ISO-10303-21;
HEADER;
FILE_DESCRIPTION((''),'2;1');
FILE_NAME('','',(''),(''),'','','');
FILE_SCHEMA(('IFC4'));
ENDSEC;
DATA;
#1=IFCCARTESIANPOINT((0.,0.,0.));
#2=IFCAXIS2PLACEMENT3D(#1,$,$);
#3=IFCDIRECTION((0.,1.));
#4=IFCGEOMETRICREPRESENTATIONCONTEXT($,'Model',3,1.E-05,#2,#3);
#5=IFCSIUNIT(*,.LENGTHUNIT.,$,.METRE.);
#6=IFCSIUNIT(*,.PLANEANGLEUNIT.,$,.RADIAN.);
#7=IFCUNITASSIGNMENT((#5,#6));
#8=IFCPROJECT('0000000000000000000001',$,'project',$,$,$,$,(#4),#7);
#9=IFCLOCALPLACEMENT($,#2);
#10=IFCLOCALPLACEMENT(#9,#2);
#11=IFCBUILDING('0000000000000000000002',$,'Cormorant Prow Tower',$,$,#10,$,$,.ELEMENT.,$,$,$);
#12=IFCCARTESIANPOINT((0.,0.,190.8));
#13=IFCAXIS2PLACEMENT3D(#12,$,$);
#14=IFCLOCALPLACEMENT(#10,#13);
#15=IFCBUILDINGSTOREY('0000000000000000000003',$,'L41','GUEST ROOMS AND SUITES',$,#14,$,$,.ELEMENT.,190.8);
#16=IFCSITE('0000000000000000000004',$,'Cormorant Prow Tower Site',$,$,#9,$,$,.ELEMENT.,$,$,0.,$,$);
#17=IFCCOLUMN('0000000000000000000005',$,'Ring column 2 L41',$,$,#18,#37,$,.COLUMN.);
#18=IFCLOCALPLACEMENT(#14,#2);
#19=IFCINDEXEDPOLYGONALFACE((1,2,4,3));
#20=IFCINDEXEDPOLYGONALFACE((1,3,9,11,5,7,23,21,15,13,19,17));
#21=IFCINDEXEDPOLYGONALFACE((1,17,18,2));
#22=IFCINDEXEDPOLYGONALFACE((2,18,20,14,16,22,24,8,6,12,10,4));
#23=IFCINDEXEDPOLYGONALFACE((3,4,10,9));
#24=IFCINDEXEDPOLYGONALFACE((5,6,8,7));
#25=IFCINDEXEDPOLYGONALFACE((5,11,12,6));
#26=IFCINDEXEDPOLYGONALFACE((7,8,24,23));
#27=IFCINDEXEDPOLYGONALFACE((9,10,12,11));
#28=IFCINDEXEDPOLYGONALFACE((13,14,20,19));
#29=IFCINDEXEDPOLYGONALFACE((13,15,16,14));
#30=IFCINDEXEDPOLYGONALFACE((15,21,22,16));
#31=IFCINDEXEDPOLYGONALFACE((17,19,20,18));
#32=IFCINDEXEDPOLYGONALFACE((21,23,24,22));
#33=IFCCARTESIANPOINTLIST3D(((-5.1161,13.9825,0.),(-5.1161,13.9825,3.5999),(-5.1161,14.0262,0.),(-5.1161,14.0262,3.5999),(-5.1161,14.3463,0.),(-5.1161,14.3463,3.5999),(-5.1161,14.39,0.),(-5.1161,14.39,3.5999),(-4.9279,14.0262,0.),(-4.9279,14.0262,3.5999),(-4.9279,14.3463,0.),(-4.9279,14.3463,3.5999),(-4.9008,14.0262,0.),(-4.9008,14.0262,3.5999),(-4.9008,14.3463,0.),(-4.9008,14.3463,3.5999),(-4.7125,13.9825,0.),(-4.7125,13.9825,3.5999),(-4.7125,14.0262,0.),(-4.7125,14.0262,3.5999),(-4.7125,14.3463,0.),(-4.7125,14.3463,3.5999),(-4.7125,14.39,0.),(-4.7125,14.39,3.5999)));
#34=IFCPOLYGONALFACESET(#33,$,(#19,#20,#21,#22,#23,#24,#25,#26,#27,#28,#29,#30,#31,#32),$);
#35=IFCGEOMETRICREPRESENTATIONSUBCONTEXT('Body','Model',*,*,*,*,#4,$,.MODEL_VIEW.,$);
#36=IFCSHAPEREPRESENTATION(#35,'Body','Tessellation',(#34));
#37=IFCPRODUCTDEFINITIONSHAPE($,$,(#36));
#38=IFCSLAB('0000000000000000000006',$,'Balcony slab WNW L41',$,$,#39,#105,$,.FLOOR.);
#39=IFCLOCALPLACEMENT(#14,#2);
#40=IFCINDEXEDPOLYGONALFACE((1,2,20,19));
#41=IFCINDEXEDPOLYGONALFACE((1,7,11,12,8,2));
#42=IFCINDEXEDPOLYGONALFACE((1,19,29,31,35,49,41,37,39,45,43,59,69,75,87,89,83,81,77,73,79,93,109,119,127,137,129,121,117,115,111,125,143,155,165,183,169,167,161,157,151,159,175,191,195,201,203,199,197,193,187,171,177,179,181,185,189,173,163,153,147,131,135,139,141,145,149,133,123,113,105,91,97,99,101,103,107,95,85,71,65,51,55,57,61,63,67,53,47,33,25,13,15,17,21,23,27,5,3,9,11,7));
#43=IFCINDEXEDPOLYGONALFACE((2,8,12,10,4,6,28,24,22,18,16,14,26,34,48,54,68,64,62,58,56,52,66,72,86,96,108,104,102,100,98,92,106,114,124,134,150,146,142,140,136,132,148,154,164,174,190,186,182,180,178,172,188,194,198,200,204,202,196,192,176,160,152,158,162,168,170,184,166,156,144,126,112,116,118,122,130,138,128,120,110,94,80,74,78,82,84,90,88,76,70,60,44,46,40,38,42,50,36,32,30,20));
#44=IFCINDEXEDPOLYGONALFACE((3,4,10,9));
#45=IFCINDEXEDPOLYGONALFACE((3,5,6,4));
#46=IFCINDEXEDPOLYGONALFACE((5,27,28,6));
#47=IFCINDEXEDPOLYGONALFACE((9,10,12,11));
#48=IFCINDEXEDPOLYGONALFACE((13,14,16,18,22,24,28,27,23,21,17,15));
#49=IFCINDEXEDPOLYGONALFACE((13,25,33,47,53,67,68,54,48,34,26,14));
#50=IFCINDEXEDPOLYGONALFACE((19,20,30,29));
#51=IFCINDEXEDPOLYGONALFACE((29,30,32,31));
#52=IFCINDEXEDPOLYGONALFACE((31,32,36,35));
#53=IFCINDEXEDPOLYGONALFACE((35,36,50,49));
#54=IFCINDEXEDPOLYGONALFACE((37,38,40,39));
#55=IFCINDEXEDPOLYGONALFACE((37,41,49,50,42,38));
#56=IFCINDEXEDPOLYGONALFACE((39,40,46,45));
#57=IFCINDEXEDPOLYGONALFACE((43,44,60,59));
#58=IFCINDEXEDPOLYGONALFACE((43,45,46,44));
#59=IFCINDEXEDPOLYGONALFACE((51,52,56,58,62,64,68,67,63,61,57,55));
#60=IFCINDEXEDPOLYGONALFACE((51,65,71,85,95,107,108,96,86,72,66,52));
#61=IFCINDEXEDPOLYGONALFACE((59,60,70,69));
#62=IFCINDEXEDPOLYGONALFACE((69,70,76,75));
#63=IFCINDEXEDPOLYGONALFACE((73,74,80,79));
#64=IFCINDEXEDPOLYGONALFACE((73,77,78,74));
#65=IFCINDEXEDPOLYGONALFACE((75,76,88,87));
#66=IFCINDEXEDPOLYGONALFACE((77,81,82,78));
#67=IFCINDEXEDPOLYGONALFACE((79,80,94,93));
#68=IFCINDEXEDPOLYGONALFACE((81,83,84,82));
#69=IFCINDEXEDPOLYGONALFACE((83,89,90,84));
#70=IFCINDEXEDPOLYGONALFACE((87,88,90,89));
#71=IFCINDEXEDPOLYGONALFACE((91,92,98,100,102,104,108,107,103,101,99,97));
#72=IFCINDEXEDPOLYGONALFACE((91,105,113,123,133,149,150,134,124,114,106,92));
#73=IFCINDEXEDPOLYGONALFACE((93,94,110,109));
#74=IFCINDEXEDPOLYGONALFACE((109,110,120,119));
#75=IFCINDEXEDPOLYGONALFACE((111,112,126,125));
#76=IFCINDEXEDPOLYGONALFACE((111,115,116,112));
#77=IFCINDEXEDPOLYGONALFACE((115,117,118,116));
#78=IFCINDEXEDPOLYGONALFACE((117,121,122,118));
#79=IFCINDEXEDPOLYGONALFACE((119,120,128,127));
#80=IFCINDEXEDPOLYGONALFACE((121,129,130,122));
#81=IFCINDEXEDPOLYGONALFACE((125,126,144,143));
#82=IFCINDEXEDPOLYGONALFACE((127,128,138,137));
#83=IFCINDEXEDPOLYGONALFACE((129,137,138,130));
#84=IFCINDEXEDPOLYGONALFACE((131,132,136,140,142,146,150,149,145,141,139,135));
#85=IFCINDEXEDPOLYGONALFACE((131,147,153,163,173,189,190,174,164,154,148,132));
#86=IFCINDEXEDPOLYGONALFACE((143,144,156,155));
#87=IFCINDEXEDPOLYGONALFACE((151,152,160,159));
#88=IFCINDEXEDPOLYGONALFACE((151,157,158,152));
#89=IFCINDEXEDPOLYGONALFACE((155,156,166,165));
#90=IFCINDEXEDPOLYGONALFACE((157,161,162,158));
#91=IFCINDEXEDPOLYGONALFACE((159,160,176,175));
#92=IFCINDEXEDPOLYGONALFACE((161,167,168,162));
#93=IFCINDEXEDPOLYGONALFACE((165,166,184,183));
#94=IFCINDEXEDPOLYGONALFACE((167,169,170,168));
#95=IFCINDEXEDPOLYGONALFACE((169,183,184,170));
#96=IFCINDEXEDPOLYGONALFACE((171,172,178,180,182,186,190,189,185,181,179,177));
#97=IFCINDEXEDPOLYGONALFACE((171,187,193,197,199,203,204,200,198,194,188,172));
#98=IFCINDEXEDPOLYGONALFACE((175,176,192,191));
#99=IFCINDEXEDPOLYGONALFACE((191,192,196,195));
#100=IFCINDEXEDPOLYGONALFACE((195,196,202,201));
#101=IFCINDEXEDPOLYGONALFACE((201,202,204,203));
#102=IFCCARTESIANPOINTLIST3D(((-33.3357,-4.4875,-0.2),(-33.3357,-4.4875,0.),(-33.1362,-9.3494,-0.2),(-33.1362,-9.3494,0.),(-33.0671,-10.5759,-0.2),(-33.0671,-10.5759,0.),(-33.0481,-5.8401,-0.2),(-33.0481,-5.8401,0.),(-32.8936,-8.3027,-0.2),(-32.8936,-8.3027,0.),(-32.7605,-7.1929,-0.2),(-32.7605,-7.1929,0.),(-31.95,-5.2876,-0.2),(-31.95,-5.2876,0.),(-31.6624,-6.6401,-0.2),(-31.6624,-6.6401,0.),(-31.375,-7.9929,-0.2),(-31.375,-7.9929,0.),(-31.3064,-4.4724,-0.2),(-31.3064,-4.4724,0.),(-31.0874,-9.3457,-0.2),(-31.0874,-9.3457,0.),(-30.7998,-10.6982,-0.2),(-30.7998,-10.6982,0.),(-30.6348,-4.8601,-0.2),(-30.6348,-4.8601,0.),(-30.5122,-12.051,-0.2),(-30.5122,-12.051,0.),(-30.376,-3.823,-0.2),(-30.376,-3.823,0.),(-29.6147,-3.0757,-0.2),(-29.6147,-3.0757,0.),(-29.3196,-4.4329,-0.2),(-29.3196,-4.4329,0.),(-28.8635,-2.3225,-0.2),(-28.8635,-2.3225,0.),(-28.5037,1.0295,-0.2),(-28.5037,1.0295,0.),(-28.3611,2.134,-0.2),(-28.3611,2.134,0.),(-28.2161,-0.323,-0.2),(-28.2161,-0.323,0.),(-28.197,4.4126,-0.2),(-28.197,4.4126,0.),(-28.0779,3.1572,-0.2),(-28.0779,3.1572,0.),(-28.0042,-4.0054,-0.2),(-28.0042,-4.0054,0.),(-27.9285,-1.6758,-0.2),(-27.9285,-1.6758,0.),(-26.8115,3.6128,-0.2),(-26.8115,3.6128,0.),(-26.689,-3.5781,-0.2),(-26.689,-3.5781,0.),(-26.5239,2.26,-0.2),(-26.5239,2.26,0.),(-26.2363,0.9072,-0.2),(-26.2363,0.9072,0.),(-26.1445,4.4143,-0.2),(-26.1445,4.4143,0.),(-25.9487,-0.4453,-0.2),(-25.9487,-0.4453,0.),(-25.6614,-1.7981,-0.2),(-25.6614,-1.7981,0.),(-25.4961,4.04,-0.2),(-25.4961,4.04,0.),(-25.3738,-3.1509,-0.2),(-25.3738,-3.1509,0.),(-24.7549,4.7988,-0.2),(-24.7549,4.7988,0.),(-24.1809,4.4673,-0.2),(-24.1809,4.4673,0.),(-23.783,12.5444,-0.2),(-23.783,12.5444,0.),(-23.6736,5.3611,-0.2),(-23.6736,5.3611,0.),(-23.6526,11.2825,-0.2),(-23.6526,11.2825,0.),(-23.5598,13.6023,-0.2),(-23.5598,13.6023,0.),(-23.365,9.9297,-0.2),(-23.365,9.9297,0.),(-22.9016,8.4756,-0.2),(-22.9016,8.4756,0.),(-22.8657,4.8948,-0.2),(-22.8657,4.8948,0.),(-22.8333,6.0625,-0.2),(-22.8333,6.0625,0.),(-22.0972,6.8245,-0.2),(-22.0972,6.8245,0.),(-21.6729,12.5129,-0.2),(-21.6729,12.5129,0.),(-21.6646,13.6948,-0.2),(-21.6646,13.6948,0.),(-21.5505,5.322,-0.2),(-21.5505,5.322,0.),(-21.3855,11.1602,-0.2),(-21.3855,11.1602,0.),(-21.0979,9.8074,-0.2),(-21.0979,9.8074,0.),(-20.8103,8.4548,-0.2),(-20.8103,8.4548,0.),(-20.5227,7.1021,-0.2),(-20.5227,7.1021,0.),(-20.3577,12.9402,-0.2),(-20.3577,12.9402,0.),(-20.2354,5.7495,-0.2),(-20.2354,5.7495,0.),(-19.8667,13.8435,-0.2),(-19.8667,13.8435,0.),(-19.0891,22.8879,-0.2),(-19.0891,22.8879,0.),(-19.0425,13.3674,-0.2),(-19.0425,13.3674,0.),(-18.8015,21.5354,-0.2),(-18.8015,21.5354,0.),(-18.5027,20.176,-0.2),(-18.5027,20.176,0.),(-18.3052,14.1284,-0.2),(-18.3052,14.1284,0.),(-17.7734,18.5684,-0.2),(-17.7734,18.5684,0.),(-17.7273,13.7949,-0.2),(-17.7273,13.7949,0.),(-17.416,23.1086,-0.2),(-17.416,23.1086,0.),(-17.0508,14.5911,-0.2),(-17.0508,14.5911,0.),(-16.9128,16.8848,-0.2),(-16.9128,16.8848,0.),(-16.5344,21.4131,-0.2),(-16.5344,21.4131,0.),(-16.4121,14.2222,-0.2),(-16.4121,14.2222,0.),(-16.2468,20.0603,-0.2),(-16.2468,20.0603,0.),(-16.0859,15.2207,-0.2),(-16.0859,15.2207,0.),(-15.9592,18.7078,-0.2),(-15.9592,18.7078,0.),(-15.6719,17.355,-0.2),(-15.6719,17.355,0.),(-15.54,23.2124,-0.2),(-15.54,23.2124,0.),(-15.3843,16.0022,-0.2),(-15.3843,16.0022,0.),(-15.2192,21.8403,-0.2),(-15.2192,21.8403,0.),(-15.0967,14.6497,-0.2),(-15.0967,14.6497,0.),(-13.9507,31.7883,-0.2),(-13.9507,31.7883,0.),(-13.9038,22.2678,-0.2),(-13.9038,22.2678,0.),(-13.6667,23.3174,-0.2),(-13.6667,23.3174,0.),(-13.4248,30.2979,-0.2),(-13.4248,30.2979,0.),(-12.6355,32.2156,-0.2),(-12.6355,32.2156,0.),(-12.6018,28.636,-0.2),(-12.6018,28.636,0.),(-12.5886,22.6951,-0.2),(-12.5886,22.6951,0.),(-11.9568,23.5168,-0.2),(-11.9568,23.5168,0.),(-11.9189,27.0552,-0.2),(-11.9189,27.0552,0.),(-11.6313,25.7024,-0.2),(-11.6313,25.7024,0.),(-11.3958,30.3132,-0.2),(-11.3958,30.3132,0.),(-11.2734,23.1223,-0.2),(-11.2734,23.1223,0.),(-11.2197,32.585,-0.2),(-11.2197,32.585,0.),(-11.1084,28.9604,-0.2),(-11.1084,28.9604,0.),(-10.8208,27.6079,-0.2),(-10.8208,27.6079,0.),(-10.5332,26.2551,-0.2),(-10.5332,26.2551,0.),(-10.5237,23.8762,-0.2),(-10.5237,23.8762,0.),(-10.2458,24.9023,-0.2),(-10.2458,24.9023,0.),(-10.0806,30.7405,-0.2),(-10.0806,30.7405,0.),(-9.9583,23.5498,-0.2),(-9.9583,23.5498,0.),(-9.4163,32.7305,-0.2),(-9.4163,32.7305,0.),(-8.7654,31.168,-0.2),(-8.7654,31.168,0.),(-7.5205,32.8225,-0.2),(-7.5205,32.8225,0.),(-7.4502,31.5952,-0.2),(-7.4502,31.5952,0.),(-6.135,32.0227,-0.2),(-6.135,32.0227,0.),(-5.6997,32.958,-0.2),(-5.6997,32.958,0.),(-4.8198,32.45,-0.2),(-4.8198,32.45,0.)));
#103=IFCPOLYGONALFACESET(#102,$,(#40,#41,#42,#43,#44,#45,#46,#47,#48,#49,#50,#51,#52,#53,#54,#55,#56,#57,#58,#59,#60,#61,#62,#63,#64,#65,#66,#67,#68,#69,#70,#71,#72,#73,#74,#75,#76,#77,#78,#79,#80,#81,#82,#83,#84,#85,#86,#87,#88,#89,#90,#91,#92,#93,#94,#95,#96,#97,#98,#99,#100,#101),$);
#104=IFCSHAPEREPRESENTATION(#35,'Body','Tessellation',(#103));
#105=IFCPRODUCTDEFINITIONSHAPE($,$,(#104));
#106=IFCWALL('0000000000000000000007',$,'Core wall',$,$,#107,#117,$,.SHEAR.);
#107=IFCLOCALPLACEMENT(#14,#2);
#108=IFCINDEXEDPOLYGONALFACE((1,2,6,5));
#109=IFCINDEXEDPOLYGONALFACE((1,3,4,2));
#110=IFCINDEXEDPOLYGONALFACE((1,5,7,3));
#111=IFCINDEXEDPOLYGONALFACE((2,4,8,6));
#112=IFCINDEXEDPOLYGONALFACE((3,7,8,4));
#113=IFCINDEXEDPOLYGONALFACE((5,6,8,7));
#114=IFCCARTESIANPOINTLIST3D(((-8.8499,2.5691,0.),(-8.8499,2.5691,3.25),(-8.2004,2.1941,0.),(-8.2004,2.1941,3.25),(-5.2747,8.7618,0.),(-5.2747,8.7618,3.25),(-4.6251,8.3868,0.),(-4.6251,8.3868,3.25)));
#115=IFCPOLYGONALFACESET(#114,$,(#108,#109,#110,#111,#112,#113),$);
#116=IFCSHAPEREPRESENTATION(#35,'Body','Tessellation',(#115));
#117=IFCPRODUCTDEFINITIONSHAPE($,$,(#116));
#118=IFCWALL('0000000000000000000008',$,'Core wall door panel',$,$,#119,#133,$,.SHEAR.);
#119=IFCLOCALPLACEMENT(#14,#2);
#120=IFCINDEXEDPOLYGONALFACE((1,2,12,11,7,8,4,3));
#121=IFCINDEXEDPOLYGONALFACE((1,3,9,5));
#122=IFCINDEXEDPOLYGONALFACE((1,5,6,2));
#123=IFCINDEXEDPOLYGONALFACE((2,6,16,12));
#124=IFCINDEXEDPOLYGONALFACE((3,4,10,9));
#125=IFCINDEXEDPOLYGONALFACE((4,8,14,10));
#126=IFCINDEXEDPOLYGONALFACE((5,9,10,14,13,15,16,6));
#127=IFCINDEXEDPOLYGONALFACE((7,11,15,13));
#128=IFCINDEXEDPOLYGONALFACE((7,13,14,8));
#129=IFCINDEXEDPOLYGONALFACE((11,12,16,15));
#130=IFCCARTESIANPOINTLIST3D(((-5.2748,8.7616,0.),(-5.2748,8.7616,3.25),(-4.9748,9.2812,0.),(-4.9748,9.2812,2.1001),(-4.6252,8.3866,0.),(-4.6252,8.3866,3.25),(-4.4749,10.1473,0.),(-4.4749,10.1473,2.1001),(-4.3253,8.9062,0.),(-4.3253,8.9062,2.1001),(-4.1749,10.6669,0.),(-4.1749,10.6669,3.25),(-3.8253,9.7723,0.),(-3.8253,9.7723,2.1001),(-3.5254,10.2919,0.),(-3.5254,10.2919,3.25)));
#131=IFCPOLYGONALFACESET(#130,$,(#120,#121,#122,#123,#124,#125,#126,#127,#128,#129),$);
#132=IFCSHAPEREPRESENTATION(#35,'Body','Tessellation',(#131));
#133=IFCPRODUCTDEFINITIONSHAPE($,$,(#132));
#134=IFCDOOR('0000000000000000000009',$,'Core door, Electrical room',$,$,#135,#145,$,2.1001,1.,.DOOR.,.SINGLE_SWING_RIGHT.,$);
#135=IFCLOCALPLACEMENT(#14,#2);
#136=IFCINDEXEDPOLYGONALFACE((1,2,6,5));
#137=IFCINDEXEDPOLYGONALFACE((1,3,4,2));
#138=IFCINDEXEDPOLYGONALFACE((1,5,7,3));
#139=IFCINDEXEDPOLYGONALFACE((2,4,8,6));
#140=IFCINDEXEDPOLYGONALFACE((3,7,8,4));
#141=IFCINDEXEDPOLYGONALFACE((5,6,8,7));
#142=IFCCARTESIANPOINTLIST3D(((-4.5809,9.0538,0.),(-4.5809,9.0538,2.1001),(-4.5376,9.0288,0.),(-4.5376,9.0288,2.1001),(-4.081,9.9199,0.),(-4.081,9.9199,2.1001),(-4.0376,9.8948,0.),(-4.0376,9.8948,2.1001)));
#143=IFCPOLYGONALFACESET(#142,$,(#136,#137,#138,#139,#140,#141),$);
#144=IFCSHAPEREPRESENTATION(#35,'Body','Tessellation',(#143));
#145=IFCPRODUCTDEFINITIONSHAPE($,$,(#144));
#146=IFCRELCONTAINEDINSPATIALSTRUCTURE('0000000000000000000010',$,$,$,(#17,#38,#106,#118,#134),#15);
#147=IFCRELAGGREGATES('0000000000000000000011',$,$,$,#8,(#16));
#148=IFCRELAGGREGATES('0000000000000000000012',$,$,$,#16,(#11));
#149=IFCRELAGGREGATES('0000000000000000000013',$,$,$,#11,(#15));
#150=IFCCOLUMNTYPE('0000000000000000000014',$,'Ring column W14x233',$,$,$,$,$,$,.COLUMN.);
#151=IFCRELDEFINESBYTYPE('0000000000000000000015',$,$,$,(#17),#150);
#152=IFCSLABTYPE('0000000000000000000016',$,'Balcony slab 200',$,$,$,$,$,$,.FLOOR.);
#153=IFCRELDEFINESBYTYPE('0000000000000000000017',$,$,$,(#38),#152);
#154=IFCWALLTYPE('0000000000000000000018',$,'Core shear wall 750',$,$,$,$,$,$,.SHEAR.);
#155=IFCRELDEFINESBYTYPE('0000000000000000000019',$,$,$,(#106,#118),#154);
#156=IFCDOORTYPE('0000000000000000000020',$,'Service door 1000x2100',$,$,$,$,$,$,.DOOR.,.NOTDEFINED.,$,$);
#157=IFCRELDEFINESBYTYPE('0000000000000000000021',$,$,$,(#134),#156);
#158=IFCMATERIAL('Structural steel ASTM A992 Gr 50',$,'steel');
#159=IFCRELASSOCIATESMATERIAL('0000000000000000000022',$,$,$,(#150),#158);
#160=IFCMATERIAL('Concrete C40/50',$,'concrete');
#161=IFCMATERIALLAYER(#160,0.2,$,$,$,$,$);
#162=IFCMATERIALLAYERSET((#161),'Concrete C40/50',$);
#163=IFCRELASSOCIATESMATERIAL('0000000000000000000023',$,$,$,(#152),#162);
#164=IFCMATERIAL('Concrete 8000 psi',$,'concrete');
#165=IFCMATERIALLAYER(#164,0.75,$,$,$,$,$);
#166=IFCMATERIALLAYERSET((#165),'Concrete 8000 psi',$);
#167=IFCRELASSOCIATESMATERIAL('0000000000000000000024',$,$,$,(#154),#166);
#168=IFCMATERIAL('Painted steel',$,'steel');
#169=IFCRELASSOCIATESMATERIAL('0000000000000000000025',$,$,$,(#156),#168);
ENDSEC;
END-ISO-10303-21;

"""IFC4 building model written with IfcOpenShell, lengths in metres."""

from ifc_helpers import new_model, si_unit, direction, frame, frame_2d, origin, origin_2d, place, context, subcontext, project, spatial, polyline, rectangle, i_section, outline, extrude, material, layer, layer_set, material_profile, profile_set, type_object, element, fill, save


model = new_model("IFC4")

# Units and contexts
model_context = context("Model", 3, precision=1e-05, world=origin(), true_north=direction((0.0, 1.0)))
body_context = subcontext(model_context, "Body", "Model", "MODEL_VIEW")
ifc_project = project(units=[si_unit("LENGTHUNIT", "METRE"), si_unit("PLANEANGLEUNIT", "RADIAN")], contexts=[model_context])

# Site, building, storey
site_placement = place(None, origin())
site = spatial("IfcSite", under=ifc_project, at=site_placement, Name="Cormorant Prow Tower Site", CompositionType="ELEMENT", RefElevation=0.0)
building_placement = place(site_placement, origin())
building = spatial("IfcBuilding", under=site, at=building_placement, Name="Cormorant Prow Tower", CompositionType="ELEMENT")
storey_placement = place(building_placement, frame((0.0, 0.0, 190.8)))
storey = spatial("IfcBuildingStorey", under=building, at=storey_placement, Name="L41", Description="GUEST ROOMS AND SUITES", CompositionType="ELEMENT", Elevation=190.8)

# Column
ifc_material_1 = material(Name="Structural steel ASTM A992 Gr 50", Category="steel")
ifc_material_profile = material_profile(ifc_material_1, i_section(OverallWidth=0.4036, OverallDepth=0.4075, WebThickness=0.0271, FlangeThickness=0.0437, at=origin_2d()), Name="W14x233")
ifc_profile_set = profile_set([ifc_material_profile], Name="Structural steel ASTM A992 Gr 50")
column_type = type_object("IfcColumnType", Name="Ring column W14x233", PredefinedType="COLUMN", material=ifc_profile_set)
column_placement = place(storey_placement, frame((-4.9143, 14.1863, 0.0), z_axis=(0.0, 0.0, 1.0), x_axis=(1.0, 0.0, 0.0)))
element("IfcColumn", 1, at=column_placement, inside=storey, type_object=column_type, Name="Ring column 2 L41", PredefinedType="COLUMN", context=body_context, shape_type="SweptSolid", body=[
    extrude(i_section(OverallWidth=0.4036, OverallDepth=0.4075, WebThickness=0.0271, FlangeThickness=0.0437, at=origin_2d()), origin(), (0.0, 0.0, 1.0), 3.5999),
])

# Slab
ifc_material_2 = material(Name="Concrete C40/50", Category="concrete")
ifc_layer_1 = layer(ifc_material_2, 0.2)
ifc_layer_set_1 = layer_set([ifc_layer_1], Name="Concrete C40/50")
slab_type = type_object("IfcSlabType", Name="Balcony slab 200", PredefinedType="FLOOR", material=ifc_layer_set_1)
slab_placement = place(storey_placement, frame((0.0, 0.0, -0.2)))
element("IfcSlab", 2, at=slab_placement, inside=storey, type_object=slab_type, Name="Balcony slab WNW L41", PredefinedType="FLOOR", context=body_context, shape_type="SweptSolid", body=[
    extrude(outline(polyline([(-4.8198, 32.45), (-5.6997, 32.958), (-7.5205, 32.8225), (-9.4163, 32.7305), (-11.2197, 32.585), (-12.6355, 32.2156), (-13.9507, 31.7883), (-13.4248, 30.2979), (-12.6018, 28.636), (-11.9189, 27.0552), (-11.6313, 25.7024), (-10.5237, 23.8762), (-11.9568, 23.5168), (-13.6667, 23.3174), (-15.54, 23.2124), (-17.416, 23.1086), (-19.0891, 22.8879), (-18.8015, 21.5354), (-18.5027, 20.176), (-17.7734, 18.5684), (-16.9128, 16.8848), (-16.0859, 15.2207), (-17.0508, 14.5911), (-18.3052, 14.1284), (-19.8667, 13.8435), (-21.6646, 13.6948), (-23.5598, 13.6023), (-23.783, 12.5444), (-23.6526, 11.2825), (-23.365, 9.9297), (-22.9016, 8.4756), (-22.0972, 6.8245), (-22.8333, 6.0625), (-23.6736, 5.3611), (-24.7549, 4.7988), (-26.1445, 4.4143), (-28.197, 4.4126), (-28.0779, 3.1572), (-28.3611, 2.134), (-28.5037, 1.0295), (-28.2161, -0.323), (-27.9285, -1.6758), (-28.8635, -2.3225), (-29.6147, -3.0757), (-30.376, -3.823), (-31.3064, -4.4724), (-33.3357, -4.4875), (-33.0481, -5.8401), (-32.7605, -7.1929), (-32.8936, -8.3027), (-33.1362, -9.3494), (-33.0671, -10.5759), (-30.5122, -12.051), (-30.7998, -10.6982), (-31.0874, -9.3457), (-31.375, -7.9929), (-31.6624, -6.6401), (-31.95, -5.2876), (-30.6348, -4.8601), (-29.3196, -4.4329), (-28.0042, -4.0054), (-26.689, -3.5781), (-25.3738, -3.1509), (-25.6614, -1.7981), (-25.9487, -0.4453), (-26.2363, 0.9072), (-26.5239, 2.26), (-26.8115, 3.6128), (-25.4961, 4.04), (-24.1809, 4.4673), (-22.8657, 4.8948), (-21.5505, 5.322), (-20.2354, 5.7495), (-20.5227, 7.1021), (-20.8103, 8.4548), (-21.0979, 9.8074), (-21.3855, 11.1602), (-21.6729, 12.5129), (-20.3577, 12.9402), (-19.0425, 13.3674), (-17.7273, 13.7949), (-16.4121, 14.2222), (-15.0967, 14.6497), (-15.3843, 16.0022), (-15.6719, 17.355), (-15.9592, 18.7078), (-16.2468, 20.0603), (-16.5344, 21.4131), (-15.2192, 21.8403), (-13.9038, 22.2678), (-12.5886, 22.6951), (-11.2734, 23.1223), (-9.9583, 23.5498), (-10.2458, 24.9023), (-10.5332, 26.2551), (-10.8208, 27.6079), (-11.1084, 28.9604), (-11.3958, 30.3132), (-10.0806, 30.7405), (-8.7654, 31.168), (-7.4502, 31.5952), (-6.135, 32.0227), (-4.8198, 32.45)])), origin(), (0.0, 0.0, 1.0), 0.2),
])

# Wall
ifc_material_3 = material(Name="Concrete 8000 psi", Category="concrete")
ifc_layer_2 = layer(ifc_material_3, 0.75)
ifc_layer_set_2 = layer_set([ifc_layer_2], Name="Concrete 8000 psi")
wall_type_1 = type_object("IfcWallType", Name="Core shear wall 750", PredefinedType="SHEAR", material=ifc_layer_set_2)
wall_1_placement = place(storey_placement, frame((-4.95, 8.5742, 0.0), z_axis=(0.0, 0.0, 1.0), x_axis=(-0.499987, -0.866033, 0.0)))
element("IfcWall", 3, at=wall_1_placement, inside=storey, type_object=wall_type_1, Name="Core wall", PredefinedType="SHEAR", context=body_context, shape_type="SweptSolid", body=[
    extrude(rectangle(XDim=7.1506, YDim=0.75, at=frame_2d((3.5752, 0.0))), origin(), (0.0, 0.0, 1.0), 3.25),
])

# Wall, opening, door
wall_2_placement = place(storey_placement, frame((-3.8501, 10.4795, 0.0), z_axis=(0.0, 0.0, 1.0), x_axis=(-0.499947, -0.866056, 0.0)))
wall_2 = element("IfcWall", 4, at=wall_2_placement, inside=storey, type_object=wall_type_1, Name="Core wall door panel", PredefinedType="SHEAR", context=body_context, shape_type="SweptSolid", body=[
    extrude(rectangle(XDim=2.2, YDim=0.75, at=frame_2d((1.1001, 0.0))), origin(), (0.0, 0.0, 1.0), 3.25),
])
opening_1_placement = place(wall_2_placement, frame((0.6001, 0.0, 0.0)))
opening_1 = element("IfcOpeningElement", 5, at=opening_1_placement, cuts=wall_2, PredefinedType="OPENING", context=body_context, shape_type="SweptSolid", body=[
    extrude(rectangle(XDim=1.0, YDim=2.1001, at=frame_2d((0.5, 1.05))), frame((0.0, 0.385, 0.0), z_axis=(0.0, -1.0, 0.0), x_axis=(1.0, 0.0, 0.0)), (0.0, 0.0, 1.0), 0.77),
])
ifc_material_4 = material(Name="Painted steel", Category="steel")
door_type_1 = type_object("IfcDoorType", Name="Service door 1000x2100", OperationType="NOTDEFINED", PredefinedType="DOOR", material=ifc_material_4)
door_1_placement = place(opening_1_placement, origin())
door_1 = element("IfcDoor", 6, at=door_1_placement, inside=storey, type_object=door_type_1, Name="Core door, Electrical room", OperationType="SINGLE_SWING_RIGHT", OverallHeight=2.1001, OverallWidth=1.0, PredefinedType="DOOR", context=body_context, shape_type="SweptSolid", body=[
    extrude(rectangle(XDim=1.0, YDim=2.1001, at=frame_2d((0.5, 1.05))), frame((0.0, 0.1299, 0.0), z_axis=(0.0, -1.0, 0.0), x_axis=(1.0, 0.0, 0.0)), (0.0, 0.0, 1.0), 0.05),
])
fill(opening_1, door_1)

save(model, "model.ifc")
